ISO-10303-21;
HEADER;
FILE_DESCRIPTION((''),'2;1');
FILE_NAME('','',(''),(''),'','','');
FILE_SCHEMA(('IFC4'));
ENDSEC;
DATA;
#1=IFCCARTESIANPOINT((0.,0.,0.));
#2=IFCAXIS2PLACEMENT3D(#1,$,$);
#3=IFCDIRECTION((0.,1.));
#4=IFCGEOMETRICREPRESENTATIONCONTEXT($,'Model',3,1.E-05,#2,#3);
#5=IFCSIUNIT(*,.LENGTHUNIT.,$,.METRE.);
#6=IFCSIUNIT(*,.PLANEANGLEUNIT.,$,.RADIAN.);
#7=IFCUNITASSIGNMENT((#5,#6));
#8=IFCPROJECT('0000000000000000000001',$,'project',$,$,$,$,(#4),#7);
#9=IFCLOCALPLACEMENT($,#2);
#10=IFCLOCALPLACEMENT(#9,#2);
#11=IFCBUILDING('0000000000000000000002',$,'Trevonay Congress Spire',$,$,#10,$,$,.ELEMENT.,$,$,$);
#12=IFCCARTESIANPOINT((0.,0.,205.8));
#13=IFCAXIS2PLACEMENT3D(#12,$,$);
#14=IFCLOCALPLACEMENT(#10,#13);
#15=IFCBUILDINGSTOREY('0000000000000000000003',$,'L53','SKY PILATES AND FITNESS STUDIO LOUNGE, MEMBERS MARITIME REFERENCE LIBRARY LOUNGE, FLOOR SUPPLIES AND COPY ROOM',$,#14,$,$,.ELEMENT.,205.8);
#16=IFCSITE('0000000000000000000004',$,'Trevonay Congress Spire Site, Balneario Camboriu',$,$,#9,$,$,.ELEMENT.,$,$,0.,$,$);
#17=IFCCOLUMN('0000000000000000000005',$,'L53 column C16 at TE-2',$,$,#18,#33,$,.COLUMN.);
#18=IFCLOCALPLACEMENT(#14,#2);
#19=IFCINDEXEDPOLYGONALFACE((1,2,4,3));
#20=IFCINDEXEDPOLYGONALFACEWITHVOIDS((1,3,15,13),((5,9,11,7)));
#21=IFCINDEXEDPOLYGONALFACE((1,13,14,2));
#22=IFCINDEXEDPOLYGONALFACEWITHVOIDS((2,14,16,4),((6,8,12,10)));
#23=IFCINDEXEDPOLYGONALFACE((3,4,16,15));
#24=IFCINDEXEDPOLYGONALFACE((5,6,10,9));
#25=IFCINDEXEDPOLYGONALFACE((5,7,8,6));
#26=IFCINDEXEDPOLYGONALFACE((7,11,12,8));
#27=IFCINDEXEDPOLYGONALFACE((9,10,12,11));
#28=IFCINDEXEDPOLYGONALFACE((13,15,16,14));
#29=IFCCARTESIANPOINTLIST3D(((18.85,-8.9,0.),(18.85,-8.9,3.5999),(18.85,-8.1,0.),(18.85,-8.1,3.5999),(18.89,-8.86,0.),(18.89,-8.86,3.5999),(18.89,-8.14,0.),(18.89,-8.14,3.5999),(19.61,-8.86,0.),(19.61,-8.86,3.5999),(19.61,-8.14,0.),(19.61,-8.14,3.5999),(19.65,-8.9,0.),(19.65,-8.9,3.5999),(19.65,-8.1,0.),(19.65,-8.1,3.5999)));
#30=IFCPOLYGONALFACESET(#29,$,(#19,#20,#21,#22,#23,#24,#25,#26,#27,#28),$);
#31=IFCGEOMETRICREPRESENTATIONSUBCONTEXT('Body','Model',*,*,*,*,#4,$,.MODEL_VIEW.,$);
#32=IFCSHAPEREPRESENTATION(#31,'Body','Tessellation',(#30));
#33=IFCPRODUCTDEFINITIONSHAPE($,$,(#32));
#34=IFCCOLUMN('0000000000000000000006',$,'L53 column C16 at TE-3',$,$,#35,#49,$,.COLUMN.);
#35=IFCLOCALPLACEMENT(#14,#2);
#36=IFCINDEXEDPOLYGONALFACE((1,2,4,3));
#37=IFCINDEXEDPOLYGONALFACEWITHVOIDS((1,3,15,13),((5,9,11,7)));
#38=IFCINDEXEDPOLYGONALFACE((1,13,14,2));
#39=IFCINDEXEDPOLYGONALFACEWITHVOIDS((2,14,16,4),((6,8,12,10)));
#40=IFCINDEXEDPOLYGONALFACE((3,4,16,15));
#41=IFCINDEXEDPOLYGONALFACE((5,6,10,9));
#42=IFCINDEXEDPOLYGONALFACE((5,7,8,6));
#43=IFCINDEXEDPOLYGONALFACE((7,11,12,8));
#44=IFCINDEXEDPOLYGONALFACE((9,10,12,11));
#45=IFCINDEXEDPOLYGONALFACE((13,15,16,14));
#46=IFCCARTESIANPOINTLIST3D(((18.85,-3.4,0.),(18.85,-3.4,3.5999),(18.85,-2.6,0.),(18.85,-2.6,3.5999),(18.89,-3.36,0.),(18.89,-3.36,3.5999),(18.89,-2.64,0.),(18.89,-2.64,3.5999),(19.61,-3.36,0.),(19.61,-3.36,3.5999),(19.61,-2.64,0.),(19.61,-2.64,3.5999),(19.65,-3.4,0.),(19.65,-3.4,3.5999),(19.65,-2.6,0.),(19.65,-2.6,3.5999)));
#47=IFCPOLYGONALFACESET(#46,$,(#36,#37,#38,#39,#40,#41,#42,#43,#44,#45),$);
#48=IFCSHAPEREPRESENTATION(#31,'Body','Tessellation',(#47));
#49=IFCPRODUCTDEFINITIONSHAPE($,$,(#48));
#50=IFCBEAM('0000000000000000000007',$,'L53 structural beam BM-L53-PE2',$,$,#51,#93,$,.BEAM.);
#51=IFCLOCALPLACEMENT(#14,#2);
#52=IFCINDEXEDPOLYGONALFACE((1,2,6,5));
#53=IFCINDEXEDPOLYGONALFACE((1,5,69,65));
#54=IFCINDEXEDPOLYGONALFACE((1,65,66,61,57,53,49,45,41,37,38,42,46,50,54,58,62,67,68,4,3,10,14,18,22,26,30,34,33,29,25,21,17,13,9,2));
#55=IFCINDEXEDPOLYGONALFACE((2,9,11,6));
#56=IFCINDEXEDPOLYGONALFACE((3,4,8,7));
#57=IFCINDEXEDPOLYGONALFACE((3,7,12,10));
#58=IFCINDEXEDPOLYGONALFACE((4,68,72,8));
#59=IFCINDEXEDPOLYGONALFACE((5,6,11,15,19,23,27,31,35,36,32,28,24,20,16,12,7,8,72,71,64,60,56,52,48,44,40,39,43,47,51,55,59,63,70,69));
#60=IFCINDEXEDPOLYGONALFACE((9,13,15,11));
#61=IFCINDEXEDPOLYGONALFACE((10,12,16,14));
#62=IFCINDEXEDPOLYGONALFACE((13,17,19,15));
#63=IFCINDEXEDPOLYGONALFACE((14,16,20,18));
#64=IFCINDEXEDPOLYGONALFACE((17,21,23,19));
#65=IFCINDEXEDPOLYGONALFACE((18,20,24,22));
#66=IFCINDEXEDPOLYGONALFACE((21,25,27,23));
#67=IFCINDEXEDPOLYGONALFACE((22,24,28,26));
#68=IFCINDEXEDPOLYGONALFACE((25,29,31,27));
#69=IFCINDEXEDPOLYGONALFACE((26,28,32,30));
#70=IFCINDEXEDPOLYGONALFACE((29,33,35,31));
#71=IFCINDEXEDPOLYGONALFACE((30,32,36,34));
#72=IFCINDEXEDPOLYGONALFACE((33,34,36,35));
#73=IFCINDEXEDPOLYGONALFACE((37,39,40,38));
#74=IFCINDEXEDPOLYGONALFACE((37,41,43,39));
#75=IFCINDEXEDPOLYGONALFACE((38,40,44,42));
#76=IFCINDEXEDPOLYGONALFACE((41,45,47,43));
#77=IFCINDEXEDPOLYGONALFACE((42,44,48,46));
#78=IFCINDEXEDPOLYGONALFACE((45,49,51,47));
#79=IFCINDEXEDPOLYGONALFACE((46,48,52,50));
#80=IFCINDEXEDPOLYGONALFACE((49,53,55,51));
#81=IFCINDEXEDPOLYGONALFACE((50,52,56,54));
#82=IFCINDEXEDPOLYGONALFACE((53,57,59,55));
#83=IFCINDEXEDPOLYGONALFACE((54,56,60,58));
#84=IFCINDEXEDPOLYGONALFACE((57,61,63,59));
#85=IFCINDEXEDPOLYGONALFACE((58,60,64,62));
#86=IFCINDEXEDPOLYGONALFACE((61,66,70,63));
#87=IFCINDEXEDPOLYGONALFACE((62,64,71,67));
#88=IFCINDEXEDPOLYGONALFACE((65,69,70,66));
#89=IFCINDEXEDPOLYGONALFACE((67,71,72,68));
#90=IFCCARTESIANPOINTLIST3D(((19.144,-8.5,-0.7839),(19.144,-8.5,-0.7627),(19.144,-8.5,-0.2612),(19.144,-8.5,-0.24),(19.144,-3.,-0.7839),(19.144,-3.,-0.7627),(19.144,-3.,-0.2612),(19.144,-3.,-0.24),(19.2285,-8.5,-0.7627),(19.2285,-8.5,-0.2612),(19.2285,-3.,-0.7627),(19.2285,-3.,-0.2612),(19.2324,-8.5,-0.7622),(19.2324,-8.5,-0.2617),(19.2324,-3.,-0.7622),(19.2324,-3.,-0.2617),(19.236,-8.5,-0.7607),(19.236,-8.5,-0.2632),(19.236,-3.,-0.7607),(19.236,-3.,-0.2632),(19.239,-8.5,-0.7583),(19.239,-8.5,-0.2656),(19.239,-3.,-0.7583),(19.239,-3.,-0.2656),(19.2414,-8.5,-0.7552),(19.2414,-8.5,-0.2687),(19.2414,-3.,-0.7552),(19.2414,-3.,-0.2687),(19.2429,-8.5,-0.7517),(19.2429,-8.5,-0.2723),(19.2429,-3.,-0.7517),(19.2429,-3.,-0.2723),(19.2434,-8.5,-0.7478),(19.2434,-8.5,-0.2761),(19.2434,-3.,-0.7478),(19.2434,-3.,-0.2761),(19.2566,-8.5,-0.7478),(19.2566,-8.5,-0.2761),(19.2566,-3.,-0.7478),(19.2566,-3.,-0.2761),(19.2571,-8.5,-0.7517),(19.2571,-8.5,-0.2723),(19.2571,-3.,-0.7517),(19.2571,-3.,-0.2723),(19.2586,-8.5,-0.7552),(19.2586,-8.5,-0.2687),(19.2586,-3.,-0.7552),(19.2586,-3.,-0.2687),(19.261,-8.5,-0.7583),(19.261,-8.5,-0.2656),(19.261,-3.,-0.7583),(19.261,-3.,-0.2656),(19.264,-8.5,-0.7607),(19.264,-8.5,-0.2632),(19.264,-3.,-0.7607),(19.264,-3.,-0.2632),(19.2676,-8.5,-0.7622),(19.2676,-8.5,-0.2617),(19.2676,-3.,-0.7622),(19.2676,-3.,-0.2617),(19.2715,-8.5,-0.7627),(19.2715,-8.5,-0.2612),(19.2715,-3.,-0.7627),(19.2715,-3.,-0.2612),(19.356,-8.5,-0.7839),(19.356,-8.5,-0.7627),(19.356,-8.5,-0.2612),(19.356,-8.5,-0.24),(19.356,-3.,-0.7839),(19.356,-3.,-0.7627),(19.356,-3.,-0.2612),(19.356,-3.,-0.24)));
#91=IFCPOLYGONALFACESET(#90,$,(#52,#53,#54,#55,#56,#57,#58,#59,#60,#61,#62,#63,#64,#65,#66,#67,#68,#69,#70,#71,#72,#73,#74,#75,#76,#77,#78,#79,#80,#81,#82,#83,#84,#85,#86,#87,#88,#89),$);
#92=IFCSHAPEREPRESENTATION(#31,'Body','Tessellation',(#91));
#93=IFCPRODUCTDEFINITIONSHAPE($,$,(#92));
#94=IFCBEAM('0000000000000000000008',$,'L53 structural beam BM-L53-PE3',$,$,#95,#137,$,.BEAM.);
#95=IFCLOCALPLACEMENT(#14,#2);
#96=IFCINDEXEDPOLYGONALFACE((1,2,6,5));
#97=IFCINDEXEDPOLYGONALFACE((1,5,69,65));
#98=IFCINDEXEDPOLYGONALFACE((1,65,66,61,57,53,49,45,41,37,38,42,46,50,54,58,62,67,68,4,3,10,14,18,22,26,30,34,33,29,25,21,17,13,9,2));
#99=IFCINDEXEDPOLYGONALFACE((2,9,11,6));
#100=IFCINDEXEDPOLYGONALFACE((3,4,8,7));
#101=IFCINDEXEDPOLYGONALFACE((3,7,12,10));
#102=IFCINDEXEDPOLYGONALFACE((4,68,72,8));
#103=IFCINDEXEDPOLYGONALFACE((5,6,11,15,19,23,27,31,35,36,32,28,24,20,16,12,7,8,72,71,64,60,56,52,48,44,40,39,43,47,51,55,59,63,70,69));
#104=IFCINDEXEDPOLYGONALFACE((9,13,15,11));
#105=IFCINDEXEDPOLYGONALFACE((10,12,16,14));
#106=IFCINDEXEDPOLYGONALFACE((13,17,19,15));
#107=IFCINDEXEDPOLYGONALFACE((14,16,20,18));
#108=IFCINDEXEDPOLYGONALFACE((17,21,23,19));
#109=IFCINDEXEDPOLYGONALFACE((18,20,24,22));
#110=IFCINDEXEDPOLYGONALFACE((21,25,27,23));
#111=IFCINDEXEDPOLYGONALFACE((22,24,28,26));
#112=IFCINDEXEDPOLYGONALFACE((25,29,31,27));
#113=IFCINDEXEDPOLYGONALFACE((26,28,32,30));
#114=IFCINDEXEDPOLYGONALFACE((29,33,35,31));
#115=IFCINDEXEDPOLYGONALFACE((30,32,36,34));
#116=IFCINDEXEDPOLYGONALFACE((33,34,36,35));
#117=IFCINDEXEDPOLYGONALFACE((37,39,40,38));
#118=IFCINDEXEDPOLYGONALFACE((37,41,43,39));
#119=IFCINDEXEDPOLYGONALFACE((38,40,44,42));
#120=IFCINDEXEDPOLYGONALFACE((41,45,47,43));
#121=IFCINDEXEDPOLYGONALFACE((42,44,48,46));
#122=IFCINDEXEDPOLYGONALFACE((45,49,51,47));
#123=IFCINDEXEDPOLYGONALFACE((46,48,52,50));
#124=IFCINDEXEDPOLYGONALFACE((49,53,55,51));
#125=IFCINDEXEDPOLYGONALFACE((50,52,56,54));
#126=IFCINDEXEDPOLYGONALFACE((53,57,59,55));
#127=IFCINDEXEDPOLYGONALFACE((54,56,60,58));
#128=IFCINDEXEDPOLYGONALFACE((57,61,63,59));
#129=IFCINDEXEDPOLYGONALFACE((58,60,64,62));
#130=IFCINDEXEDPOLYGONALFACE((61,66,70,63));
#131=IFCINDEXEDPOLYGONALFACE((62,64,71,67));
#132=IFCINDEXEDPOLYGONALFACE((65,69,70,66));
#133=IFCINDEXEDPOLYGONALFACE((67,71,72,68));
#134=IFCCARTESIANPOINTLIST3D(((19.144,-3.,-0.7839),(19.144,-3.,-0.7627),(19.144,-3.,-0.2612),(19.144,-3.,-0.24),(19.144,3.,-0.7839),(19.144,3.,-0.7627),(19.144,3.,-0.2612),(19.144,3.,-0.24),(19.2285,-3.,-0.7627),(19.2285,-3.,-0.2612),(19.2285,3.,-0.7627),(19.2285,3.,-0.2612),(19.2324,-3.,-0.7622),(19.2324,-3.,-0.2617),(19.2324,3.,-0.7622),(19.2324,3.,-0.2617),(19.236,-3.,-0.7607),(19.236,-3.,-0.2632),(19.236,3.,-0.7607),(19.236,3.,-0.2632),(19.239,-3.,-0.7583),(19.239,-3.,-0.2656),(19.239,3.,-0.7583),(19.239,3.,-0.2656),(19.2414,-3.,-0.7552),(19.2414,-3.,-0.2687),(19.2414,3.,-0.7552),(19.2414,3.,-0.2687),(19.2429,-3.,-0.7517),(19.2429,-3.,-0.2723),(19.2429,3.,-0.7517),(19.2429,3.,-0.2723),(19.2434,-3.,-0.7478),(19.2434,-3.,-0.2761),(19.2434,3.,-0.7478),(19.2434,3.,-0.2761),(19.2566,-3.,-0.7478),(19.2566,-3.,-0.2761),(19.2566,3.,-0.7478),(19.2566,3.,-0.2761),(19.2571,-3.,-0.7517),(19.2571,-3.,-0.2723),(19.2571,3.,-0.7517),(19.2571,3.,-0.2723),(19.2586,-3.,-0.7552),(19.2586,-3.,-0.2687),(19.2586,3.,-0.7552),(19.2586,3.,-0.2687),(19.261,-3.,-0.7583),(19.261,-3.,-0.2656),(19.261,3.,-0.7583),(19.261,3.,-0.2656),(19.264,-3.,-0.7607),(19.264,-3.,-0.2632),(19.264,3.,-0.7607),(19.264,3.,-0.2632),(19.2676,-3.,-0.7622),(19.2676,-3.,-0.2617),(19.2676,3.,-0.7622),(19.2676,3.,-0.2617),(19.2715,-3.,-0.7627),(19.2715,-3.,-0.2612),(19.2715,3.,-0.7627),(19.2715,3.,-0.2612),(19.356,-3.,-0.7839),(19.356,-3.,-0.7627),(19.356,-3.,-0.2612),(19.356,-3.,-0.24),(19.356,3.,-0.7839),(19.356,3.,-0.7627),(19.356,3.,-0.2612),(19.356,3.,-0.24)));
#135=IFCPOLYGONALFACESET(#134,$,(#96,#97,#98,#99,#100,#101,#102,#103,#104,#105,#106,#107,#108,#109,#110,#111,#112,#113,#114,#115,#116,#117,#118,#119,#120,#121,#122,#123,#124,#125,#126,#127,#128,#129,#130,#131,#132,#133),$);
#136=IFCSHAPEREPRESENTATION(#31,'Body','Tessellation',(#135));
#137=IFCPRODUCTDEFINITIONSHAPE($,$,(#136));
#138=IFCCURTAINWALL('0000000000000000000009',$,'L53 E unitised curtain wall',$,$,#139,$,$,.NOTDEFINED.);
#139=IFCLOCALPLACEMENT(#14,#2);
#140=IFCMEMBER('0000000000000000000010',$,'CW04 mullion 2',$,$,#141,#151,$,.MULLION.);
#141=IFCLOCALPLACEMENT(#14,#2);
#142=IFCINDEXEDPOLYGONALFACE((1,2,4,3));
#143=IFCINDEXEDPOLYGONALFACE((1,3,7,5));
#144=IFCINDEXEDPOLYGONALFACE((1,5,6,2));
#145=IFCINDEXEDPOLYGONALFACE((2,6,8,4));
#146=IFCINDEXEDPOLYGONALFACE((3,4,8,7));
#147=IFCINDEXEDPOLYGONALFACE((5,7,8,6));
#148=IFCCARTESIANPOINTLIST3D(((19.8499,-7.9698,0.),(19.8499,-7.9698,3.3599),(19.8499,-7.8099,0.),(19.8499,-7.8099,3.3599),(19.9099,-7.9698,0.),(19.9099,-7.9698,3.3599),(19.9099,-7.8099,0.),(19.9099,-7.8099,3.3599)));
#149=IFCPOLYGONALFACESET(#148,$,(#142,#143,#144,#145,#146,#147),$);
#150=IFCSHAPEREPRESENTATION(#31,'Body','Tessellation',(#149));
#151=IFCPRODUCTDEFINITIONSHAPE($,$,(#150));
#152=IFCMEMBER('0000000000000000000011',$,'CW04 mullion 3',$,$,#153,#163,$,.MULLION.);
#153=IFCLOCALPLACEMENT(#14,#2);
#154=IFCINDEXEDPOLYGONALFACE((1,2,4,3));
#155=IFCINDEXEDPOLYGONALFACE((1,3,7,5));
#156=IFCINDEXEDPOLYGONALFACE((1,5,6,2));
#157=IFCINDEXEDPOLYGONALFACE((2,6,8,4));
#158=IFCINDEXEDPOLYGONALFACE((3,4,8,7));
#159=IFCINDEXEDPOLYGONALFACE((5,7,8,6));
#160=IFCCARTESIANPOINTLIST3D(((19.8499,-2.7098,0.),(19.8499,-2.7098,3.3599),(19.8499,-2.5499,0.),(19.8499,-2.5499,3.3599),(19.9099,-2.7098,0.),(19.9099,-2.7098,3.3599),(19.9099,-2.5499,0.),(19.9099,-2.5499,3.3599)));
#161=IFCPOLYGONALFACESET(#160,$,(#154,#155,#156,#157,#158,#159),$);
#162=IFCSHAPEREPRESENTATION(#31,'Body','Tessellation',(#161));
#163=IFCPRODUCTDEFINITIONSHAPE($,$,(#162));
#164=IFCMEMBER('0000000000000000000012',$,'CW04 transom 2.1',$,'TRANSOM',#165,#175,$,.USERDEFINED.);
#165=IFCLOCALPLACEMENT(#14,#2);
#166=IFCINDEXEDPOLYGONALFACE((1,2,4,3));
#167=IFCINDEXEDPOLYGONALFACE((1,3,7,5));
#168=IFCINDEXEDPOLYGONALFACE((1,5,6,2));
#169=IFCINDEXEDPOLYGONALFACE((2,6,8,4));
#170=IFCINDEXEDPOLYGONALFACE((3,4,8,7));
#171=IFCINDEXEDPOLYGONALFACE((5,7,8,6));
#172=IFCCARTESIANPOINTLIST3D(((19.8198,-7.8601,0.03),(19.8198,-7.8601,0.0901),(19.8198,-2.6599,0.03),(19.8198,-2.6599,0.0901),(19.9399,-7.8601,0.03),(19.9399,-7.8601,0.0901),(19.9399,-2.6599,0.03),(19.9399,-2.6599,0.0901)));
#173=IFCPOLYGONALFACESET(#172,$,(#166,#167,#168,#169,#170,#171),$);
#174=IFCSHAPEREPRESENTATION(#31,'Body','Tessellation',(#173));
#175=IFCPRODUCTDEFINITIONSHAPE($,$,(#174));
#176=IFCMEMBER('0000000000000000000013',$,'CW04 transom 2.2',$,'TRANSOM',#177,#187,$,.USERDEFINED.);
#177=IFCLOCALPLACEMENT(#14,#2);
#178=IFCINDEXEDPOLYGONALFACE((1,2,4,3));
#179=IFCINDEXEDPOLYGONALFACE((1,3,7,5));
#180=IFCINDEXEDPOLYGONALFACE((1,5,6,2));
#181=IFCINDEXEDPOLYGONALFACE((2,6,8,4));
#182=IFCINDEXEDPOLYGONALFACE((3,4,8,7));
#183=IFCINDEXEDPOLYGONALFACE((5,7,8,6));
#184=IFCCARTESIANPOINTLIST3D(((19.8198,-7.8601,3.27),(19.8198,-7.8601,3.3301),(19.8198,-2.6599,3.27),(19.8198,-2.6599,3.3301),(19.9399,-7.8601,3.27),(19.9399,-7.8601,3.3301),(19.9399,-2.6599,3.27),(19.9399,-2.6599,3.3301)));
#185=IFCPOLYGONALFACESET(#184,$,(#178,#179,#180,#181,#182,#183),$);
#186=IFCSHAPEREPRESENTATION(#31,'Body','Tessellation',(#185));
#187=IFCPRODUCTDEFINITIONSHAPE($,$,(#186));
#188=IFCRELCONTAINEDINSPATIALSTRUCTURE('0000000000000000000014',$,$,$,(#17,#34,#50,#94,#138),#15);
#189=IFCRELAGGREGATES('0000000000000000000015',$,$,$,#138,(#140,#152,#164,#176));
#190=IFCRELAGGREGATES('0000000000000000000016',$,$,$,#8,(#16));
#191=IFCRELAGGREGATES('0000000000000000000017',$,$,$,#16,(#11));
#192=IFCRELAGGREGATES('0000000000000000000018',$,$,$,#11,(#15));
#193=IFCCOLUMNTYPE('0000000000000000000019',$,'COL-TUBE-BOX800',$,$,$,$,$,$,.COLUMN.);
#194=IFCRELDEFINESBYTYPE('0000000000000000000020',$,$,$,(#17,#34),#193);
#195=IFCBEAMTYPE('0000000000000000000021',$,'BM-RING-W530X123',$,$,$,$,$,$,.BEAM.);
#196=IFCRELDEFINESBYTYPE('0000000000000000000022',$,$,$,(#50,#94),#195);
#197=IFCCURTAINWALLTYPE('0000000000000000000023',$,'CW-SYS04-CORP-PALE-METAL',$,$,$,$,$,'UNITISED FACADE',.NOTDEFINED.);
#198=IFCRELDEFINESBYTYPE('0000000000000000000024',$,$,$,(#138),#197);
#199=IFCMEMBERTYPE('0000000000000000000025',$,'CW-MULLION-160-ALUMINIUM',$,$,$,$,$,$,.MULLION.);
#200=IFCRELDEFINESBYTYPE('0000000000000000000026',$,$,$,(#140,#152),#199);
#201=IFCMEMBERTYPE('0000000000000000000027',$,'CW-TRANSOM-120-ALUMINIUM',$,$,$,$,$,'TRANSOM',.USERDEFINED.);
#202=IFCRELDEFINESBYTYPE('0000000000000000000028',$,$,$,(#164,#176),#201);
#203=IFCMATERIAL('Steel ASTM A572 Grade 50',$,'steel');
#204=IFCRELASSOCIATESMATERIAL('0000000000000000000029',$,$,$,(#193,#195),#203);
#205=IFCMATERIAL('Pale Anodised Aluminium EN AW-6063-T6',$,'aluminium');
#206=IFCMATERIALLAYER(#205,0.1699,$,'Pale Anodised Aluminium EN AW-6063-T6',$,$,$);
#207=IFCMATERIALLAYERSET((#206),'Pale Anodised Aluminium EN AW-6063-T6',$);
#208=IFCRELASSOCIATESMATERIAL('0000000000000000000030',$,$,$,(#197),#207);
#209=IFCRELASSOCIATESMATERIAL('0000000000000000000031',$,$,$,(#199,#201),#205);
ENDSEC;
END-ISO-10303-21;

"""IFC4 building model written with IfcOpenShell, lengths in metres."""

from ifc_helpers import new_model, si_unit, direction, frame, origin, origin_2d, place, context, subcontext, project, spatial, rectangle, hollow_rectangle, i_section, extrude, material, layer, layer_set, material_profile, profile_set, type_object, element, aggregate, save


model = new_model("IFC4")

# Units and contexts
model_context = context("Model", 3, precision=1e-05, world=origin(), true_north=direction((0.0, 1.0)))
body_context = subcontext(model_context, "Body", "Model", "MODEL_VIEW")
ifc_project = project(units=[si_unit("LENGTHUNIT", "METRE"), si_unit("PLANEANGLEUNIT", "RADIAN")], contexts=[model_context])

# Site, building, storey
site_placement = place(None, origin())
site = spatial("IfcSite", under=ifc_project, at=site_placement, Name="Trevonay Congress Spire Site, Balneario Camboriu", CompositionType="ELEMENT", RefElevation=0.0)
building_placement = place(site_placement, origin())
building = spatial("IfcBuilding", under=site, at=building_placement, Name="Trevonay Congress Spire", CompositionType="ELEMENT")
storey_placement = place(building_placement, frame((0.0, 0.0, 205.8)))
storey = spatial("IfcBuildingStorey", under=building, at=storey_placement, Name="L53", Description="SKY PILATES AND FITNESS STUDIO LOUNGE, MEMBERS MARITIME REFERENCE LIBRARY LOUNGE, FLOOR SUPPLIES AND COPY ROOM", CompositionType="ELEMENT", Elevation=205.8)

# Columns
ifc_material_1 = material(Name="Steel ASTM A572 Grade 50", Category="steel")
ifc_material_profile_1 = material_profile(ifc_material_1, hollow_rectangle(XDim=0.8, YDim=0.8, WallThickness=0.04, at=origin_2d()), Name="BOX 800x800x40")
ifc_profile_set_1 = profile_set([ifc_material_profile_1], Name="Steel ASTM A572 Grade 50")
column_type = type_object("IfcColumnType", Name="COL-TUBE-BOX800", PredefinedType="COLUMN", material=ifc_profile_set_1)
for number, where, z_axis, x_axis, name in (
    (1, (19.25, -8.5, 0.0), (0.0, 0.0, 1.0), (1.0, 0.0, 0.0), "L53 column C16 at TE-2"),
    (2, (19.25, -3.0, 0.0), (0.0, 0.0, 1.0), (1.0, 0.0, 0.0), "L53 column C16 at TE-3"),
):
    element("IfcColumn", number, at=place(storey_placement, frame(where, z_axis=z_axis, x_axis=x_axis)), inside=storey, type_object=column_type, Name=name, PredefinedType="COLUMN", context=body_context, shape_type="SweptSolid", body=[
        extrude(hollow_rectangle(XDim=0.8, YDim=0.8, WallThickness=0.04, at=origin_2d()), origin(), (0.0, 0.0, 1.0), 3.5999),
    ])

# Beams
ifc_material_profile_2 = material_profile(ifc_material_1, i_section(OverallWidth=0.2119, OverallDepth=0.5439, WebThickness=0.0132, FlangeThickness=0.0212, FilletRadius=0.0149, at=origin_2d()), Name="W530x123")
ifc_profile_set_2 = profile_set([ifc_material_profile_2], Name="Steel ASTM A572 Grade 50")
beam_type = type_object("IfcBeamType", Name="BM-RING-W530X123", PredefinedType="BEAM", material=ifc_profile_set_2)
beam_1_placement = place(storey_placement, frame((19.25, -8.5, -0.512), z_axis=(0.0, 1.0, 0.0), x_axis=(-1.0, 0.0, 0.0)))
element("IfcBeam", 3, at=beam_1_placement, inside=storey, type_object=beam_type, Name="L53 structural beam BM-L53-PE2", PredefinedType="BEAM", context=body_context, shape_type="SweptSolid", body=[
    extrude(i_section(OverallWidth=0.2119, OverallDepth=0.5439, WebThickness=0.0132, FlangeThickness=0.0212, FilletRadius=0.0149, at=origin_2d()), origin(), (0.0, 0.0, 1.0), 5.5),
])
beam_2_placement = place(storey_placement, frame((19.25, -3.0, -0.512), z_axis=(0.0, 1.0, 0.0), x_axis=(-1.0, 0.0, 0.0)))
element("IfcBeam", 4, at=beam_2_placement, inside=storey, type_object=beam_type, Name="L53 structural beam BM-L53-PE3", PredefinedType="BEAM", context=body_context, shape_type="SweptSolid", body=[
    extrude(i_section(OverallWidth=0.2119, OverallDepth=0.5439, WebThickness=0.0132, FlangeThickness=0.0212, FilletRadius=0.0149, at=origin_2d()), origin(), (0.0, 0.0, 1.0), 6.0),
])

# Curtain wall, members
ifc_material_2 = material(Name="Pale Anodised Aluminium EN AW-6063-T6", Category="aluminium")
ifc_layer_1 = layer(ifc_material_2, 0.1699, Name="Pale Anodised Aluminium EN AW-6063-T6")
ifc_layer_set_1 = layer_set([ifc_layer_1], Name="Pale Anodised Aluminium EN AW-6063-T6")
curtain_wall_type = type_object("IfcCurtainWallType", Name="CW-SYS04-CORP-PALE-METAL", ElementType="UNITISED FACADE", PredefinedType="NOTDEFINED", material=ifc_layer_set_1)
curtain_wall_placement = place(storey_placement, origin())
curtain_wall = element("IfcCurtainWall", 5, at=curtain_wall_placement, inside=storey, type_object=curtain_wall_type, Name="L53 E unitised curtain wall", PredefinedType="NOTDEFINED")
ifc_material_profile_3 = material_profile(ifc_material_2, rectangle(XDim=0.0601, YDim=0.1599, at=origin_2d()), Name="CW-MULLION-160-ALUMINIUM")
ifc_profile_set_3 = profile_set([ifc_material_profile_3], Name="Pale Anodised Aluminium EN AW-6063-T6")
member_type_1 = type_object("IfcMemberType", Name="CW-MULLION-160-ALUMINIUM", PredefinedType="MULLION", material=ifc_profile_set_3)
member_1_placement = place(storey_placement, frame((19.8799, -7.8899, 0.0), z_axis=(0.0, 0.0, 1.0), x_axis=(-1.0, 0.0, 0.0)))
member_1 = element("IfcMember", 6, at=member_1_placement, type_object=member_type_1, Name="CW04 mullion 2", PredefinedType="MULLION", context=body_context, shape_type="SweptSolid", body=[
    extrude(rectangle(XDim=0.0601, YDim=0.1599, at=origin_2d()), origin(), (0.0, 0.0, 1.0), 3.3599),
])
member_2_placement = place(storey_placement, frame((19.8799, -2.6299, 0.0), z_axis=(0.0, 0.0, 1.0), x_axis=(-1.0, 0.0, 0.0)))
member_2 = element("IfcMember", 7, at=member_2_placement, type_object=member_type_1, Name="CW04 mullion 3", PredefinedType="MULLION", context=body_context, shape_type="SweptSolid", body=[
    extrude(rectangle(XDim=0.0601, YDim=0.1599, at=origin_2d()), origin(), (0.0, 0.0, 1.0), 3.3599),
])
ifc_material_profile_4 = material_profile(ifc_material_2, rectangle(XDim=0.1201, YDim=0.0601, at=origin_2d()), Name="CW-TRANSOM-120-ALUMINIUM")
ifc_profile_set_4 = profile_set([ifc_material_profile_4], Name="Pale Anodised Aluminium EN AW-6063-T6")
member_type_2 = type_object("IfcMemberType", Name="CW-TRANSOM-120-ALUMINIUM", ElementType="TRANSOM", PredefinedType="USERDEFINED", material=ifc_profile_set_4)
member_3_placement = place(storey_placement, frame((19.8799, -7.8601, 0.0601), z_axis=(0.0, 1.0, 0.0), x_axis=(-1.0, 0.0, 0.0)))
member_3 = element("IfcMember", 8, at=member_3_placement, type_object=member_type_2, Name="CW04 transom 2.1", ObjectType="TRANSOM", PredefinedType="USERDEFINED", context=body_context, shape_type="SweptSolid", body=[
    extrude(rectangle(XDim=0.1201, YDim=0.0601, at=origin_2d()), origin(), (0.0, 0.0, 1.0), 5.2002),
])
member_4_placement = place(storey_placement, frame((19.8799, -7.8601, 3.3), z_axis=(0.0, 1.0, 0.0), x_axis=(-1.0, 0.0, 0.0)))
member_4 = element("IfcMember", 9, at=member_4_placement, type_object=member_type_2, Name="CW04 transom 2.2", ObjectType="TRANSOM", PredefinedType="USERDEFINED", context=body_context, shape_type="SweptSolid", body=[
    extrude(rectangle(XDim=0.1201, YDim=0.0601, at=origin_2d()), origin(), (0.0, 0.0, 1.0), 5.2002),
])
aggregate(curtain_wall, [member_1, member_2, member_3, member_4])

save(model, "model.ifc")
